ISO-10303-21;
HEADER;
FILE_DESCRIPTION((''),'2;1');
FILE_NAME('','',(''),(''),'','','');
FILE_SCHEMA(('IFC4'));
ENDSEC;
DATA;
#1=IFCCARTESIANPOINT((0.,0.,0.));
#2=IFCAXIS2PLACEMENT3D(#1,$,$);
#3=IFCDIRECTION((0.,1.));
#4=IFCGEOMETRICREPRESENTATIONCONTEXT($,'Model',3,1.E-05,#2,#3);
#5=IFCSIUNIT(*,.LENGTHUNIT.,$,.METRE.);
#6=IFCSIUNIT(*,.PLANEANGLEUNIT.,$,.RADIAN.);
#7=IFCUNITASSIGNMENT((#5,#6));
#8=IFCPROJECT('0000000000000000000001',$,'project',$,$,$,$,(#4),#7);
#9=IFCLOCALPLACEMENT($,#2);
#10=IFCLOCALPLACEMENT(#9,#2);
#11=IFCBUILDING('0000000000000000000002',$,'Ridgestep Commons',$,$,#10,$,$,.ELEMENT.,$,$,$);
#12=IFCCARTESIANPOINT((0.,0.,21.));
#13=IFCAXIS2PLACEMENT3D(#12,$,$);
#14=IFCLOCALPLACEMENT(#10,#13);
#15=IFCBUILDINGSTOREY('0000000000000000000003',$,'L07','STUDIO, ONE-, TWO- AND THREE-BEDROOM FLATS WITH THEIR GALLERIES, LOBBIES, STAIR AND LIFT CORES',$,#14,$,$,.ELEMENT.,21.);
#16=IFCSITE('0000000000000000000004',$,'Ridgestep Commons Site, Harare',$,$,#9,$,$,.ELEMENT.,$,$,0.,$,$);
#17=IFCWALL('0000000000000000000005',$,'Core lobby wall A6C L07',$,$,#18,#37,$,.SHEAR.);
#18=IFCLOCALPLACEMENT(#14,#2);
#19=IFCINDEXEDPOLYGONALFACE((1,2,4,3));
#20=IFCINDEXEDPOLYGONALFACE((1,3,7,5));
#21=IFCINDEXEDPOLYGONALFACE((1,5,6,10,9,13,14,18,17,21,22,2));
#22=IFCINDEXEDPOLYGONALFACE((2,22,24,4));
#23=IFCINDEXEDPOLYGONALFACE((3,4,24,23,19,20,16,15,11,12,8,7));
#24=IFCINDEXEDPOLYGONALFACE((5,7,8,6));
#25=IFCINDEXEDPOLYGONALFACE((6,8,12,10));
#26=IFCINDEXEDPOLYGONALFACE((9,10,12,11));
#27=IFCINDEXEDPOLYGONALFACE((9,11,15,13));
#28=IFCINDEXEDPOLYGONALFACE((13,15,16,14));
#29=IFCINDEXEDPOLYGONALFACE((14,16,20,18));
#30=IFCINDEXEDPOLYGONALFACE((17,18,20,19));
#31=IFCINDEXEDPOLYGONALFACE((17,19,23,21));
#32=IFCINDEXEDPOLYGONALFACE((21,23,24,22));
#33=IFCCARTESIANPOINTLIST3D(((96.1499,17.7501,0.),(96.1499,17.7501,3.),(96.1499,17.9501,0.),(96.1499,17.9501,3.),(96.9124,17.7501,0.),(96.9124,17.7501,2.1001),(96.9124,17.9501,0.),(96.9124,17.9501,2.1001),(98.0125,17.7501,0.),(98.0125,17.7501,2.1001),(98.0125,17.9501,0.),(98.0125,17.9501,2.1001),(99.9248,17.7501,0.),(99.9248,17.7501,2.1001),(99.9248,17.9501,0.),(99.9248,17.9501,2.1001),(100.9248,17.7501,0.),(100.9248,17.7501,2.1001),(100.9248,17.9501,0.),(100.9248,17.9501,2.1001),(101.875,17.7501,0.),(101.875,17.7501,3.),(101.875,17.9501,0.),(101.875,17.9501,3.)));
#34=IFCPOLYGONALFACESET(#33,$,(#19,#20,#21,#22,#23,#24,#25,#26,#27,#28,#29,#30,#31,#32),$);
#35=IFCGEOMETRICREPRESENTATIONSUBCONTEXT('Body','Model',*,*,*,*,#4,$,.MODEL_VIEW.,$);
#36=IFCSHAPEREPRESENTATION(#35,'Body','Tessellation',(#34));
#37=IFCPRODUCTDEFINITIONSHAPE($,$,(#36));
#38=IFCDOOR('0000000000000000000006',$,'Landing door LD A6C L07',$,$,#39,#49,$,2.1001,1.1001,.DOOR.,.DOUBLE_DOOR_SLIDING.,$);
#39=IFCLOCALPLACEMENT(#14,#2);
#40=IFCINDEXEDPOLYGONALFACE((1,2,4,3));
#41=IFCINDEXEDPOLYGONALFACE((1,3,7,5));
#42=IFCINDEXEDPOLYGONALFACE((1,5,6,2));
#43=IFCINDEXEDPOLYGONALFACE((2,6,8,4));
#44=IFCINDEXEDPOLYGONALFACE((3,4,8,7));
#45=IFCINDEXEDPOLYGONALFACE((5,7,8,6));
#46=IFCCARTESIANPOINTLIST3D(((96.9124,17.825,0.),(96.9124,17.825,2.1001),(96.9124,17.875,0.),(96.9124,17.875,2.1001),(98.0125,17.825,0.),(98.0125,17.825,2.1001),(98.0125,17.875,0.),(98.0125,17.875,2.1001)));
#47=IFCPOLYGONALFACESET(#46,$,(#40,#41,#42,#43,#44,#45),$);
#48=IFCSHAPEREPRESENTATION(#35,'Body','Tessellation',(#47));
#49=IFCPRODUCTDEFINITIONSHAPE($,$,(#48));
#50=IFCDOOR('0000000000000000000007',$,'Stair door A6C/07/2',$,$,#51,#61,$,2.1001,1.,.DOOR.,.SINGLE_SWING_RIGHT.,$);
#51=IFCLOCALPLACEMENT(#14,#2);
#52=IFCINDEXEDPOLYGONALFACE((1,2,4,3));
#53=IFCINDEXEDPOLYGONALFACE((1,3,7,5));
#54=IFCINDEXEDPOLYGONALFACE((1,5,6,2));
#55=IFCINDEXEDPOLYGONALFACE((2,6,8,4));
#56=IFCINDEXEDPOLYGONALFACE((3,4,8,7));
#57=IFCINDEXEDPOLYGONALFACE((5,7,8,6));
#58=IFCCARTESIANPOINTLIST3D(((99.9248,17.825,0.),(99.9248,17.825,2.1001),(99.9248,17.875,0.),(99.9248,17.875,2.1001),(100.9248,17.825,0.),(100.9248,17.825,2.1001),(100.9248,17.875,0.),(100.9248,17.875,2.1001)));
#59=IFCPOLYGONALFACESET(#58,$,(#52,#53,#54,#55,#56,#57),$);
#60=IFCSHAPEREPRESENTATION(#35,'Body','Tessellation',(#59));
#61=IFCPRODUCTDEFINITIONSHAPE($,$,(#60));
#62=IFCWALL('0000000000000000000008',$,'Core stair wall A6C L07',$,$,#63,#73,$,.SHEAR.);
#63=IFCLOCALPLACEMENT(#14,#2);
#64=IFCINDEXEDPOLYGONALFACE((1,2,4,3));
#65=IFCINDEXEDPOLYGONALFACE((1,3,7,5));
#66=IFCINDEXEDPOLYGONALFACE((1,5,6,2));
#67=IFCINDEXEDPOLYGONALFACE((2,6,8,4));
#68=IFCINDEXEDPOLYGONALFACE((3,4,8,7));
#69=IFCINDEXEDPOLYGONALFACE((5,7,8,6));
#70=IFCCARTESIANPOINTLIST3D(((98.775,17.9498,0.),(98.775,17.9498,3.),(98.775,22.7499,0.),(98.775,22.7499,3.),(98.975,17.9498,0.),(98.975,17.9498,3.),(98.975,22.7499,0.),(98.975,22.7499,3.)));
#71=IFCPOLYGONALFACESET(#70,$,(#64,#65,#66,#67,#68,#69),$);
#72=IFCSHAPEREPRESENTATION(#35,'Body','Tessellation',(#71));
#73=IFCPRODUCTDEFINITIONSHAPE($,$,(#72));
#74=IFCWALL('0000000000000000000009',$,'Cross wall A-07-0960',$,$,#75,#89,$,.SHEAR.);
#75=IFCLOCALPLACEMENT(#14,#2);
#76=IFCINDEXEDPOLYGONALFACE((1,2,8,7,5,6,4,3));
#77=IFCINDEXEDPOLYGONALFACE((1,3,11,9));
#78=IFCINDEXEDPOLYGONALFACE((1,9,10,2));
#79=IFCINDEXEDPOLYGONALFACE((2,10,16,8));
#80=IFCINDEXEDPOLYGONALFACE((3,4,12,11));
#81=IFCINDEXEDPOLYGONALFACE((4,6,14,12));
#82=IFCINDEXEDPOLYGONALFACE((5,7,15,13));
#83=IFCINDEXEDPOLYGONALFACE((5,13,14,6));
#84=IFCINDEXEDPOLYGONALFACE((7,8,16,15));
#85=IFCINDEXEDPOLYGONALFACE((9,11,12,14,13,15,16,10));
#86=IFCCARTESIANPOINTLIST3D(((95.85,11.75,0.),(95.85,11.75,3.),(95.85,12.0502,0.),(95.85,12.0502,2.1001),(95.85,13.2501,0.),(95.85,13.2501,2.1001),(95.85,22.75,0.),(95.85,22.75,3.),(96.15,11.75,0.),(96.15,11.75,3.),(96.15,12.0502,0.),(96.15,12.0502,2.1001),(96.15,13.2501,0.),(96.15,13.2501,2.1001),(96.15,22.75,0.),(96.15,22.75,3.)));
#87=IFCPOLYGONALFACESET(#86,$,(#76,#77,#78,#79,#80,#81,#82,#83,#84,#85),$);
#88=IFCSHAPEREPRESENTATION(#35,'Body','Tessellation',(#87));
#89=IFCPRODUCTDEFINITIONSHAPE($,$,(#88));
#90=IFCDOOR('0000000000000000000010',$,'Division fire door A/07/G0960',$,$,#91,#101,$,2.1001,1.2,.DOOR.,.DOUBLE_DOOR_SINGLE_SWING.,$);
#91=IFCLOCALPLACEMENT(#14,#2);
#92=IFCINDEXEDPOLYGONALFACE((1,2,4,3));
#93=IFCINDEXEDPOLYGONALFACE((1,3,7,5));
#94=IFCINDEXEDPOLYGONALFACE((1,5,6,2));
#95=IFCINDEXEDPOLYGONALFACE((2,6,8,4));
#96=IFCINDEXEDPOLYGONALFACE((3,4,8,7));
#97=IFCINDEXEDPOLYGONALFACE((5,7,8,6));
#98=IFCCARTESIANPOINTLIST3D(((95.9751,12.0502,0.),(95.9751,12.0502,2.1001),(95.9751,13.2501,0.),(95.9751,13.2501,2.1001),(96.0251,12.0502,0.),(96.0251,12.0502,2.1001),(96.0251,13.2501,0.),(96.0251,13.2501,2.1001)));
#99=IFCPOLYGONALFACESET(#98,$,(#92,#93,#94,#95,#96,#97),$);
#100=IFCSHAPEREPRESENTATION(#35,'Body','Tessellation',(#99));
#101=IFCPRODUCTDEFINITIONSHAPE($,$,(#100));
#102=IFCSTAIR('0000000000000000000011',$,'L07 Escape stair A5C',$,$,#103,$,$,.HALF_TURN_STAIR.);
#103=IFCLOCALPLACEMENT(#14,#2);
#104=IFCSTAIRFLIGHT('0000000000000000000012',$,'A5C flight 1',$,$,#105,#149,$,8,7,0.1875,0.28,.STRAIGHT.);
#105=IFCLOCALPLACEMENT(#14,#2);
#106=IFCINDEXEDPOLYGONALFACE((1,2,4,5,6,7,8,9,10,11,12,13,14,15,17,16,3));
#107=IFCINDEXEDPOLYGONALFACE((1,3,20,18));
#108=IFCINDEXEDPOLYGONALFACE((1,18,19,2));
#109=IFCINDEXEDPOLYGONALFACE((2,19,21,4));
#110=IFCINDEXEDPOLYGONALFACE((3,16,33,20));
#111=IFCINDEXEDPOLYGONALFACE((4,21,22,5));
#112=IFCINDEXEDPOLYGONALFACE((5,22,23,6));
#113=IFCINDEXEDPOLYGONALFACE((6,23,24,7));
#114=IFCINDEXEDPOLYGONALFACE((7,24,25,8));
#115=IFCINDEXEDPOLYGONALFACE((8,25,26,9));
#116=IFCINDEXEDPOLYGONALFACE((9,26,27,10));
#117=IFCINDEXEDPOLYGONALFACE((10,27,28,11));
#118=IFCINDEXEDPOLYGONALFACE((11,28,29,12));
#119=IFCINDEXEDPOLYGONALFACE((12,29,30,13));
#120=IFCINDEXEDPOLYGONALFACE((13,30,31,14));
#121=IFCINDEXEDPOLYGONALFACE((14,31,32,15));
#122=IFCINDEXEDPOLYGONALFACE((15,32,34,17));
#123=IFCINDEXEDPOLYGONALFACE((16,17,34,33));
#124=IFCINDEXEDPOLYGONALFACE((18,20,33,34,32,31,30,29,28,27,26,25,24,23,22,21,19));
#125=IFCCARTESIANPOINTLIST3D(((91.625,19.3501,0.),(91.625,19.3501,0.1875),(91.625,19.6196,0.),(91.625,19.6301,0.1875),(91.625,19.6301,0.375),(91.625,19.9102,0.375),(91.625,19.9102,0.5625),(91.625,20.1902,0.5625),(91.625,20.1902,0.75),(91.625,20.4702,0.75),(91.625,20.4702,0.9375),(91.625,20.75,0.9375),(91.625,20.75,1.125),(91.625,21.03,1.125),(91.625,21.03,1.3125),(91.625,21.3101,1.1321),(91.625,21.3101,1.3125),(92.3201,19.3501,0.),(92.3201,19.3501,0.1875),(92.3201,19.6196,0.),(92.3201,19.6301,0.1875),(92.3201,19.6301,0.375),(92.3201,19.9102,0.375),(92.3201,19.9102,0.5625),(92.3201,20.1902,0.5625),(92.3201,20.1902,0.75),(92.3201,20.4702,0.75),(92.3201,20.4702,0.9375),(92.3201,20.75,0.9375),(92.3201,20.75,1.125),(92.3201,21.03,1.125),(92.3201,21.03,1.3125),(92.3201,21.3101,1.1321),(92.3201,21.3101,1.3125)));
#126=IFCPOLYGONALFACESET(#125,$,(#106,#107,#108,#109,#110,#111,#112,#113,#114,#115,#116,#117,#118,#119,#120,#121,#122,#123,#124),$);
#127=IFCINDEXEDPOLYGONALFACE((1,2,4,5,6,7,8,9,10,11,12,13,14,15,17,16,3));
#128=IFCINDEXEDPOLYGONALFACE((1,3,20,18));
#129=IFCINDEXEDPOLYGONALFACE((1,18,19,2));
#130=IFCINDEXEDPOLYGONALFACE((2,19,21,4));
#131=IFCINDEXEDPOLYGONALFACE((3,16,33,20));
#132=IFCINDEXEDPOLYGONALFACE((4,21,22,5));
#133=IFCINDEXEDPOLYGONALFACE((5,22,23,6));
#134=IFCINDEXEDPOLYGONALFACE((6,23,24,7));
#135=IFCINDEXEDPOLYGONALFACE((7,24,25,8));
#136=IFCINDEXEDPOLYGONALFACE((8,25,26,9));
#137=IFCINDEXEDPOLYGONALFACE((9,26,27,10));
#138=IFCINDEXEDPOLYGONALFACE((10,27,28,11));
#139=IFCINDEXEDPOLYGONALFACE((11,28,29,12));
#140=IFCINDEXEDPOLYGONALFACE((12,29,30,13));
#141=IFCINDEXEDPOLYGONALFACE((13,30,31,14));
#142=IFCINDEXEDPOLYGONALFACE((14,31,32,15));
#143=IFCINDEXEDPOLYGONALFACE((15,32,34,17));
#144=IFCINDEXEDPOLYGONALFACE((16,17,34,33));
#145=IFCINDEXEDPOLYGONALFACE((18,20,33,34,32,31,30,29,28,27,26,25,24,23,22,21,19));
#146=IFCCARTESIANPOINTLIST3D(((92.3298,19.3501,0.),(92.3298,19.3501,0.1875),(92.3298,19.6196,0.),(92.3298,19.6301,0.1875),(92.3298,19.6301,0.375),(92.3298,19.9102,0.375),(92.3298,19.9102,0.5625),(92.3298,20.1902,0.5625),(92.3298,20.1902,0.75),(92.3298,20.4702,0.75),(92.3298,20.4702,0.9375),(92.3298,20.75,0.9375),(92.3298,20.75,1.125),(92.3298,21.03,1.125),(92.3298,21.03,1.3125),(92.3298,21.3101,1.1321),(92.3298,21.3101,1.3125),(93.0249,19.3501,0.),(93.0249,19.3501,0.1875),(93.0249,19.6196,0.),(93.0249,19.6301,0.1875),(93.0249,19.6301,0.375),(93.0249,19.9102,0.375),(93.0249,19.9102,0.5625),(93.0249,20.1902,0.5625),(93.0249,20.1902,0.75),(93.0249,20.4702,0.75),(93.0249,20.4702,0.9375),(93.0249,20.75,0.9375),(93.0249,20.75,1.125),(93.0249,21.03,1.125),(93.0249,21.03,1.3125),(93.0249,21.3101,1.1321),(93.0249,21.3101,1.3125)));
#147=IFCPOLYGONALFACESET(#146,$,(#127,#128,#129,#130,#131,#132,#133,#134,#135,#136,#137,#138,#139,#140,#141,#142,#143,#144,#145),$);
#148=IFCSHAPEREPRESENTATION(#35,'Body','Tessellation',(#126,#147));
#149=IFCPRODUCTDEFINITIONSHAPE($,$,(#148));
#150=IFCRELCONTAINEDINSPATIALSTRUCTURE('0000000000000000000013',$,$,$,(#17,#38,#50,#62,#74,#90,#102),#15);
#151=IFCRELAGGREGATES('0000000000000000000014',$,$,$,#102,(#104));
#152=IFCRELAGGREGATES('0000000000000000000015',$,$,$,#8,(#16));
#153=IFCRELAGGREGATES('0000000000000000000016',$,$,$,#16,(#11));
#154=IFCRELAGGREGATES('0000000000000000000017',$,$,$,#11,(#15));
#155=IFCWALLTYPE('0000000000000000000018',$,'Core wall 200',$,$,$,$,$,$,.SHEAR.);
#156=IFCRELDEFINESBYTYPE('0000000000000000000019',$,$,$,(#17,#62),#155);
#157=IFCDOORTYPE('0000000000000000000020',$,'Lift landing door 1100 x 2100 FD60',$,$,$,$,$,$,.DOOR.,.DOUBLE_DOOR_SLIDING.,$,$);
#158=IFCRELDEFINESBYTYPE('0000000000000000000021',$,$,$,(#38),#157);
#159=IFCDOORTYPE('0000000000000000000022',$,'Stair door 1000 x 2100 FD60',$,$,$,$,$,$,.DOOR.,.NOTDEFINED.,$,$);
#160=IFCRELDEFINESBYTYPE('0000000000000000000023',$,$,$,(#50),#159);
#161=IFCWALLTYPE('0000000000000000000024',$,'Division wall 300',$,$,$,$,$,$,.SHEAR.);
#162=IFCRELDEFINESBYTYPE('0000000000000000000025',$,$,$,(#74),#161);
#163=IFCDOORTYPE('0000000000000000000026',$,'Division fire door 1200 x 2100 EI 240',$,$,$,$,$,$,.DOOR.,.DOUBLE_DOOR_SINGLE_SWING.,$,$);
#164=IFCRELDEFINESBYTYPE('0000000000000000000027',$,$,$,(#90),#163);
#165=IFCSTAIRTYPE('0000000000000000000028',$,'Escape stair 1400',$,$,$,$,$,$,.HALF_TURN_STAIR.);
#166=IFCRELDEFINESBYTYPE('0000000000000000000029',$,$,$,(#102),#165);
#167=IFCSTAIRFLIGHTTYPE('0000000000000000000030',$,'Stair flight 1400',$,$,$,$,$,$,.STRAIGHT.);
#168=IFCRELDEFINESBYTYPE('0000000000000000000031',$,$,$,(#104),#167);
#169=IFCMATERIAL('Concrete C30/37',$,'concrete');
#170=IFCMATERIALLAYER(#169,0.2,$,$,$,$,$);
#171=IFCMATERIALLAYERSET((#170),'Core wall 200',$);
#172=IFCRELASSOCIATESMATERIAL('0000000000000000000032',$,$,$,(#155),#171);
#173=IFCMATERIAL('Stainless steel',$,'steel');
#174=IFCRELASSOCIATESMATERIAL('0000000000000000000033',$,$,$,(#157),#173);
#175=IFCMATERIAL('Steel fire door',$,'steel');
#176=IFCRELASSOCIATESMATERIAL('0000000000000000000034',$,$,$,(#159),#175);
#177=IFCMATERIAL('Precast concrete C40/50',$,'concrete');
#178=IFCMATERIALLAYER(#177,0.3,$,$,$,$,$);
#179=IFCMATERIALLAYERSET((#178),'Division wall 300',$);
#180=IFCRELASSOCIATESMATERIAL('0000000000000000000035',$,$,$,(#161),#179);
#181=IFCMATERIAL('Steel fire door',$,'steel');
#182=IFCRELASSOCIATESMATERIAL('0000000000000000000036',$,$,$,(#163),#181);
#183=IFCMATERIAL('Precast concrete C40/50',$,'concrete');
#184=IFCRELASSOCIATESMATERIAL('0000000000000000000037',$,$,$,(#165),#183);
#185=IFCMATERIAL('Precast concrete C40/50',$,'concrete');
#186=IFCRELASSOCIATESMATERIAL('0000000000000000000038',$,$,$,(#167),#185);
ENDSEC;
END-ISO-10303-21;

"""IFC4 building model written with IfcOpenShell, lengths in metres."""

from ifc_helpers import new_model, si_unit, direction, frame, frame_2d, origin, place, context, subcontext, project, spatial, polyline, rectangle, outline, extrude, material, layer, layer_set, type_object, element, fill, aggregate, save


model = new_model("IFC4")

# Units and contexts
model_context = context("Model", 3, precision=1e-05, world=origin(), true_north=direction((0.0, 1.0)))
body_context = subcontext(model_context, "Body", "Model", "MODEL_VIEW")
ifc_project = project(units=[si_unit("LENGTHUNIT", "METRE"), si_unit("PLANEANGLEUNIT", "RADIAN")], contexts=[model_context])

# Site, building, storey
site_placement = place(None, origin())
site = spatial("IfcSite", under=ifc_project, at=site_placement, Name="Ridgestep Commons Site, Harare", CompositionType="ELEMENT", RefElevation=0.0)
building_placement = place(site_placement, origin())
building = spatial("IfcBuilding", under=site, at=building_placement, Name="Ridgestep Commons", CompositionType="ELEMENT")
storey_placement = place(building_placement, frame((0.0, 0.0, 21.0)))
storey = spatial("IfcBuildingStorey", under=building, at=storey_placement, Name="L07", Description="STUDIO, ONE-, TWO- AND THREE-BEDROOM FLATS WITH THEIR GALLERIES, LOBBIES, STAIR AND LIFT CORES", CompositionType="ELEMENT", Elevation=21.0)

# Shared definitions
ifc_material_1 = material(Name="Concrete C30/37", Category="concrete")
ifc_layer_1 = layer(ifc_material_1, 0.2)
ifc_layer_set_1 = layer_set([ifc_layer_1], Name="Core wall 200")
wall_type_1 = type_object("IfcWallType", Name="Core wall 200", PredefinedType="SHEAR", material=ifc_layer_set_1)

# Wall, openings, doors
wall_1_placement = place(storey_placement, frame((96.1499, 17.8501, 0.0), z_axis=(0.0, 0.0, 1.0), x_axis=(1.0, 0.0, 0.0)))
wall_1 = element("IfcWall", 1, at=wall_1_placement, inside=storey, type_object=wall_type_1, Name="Core lobby wall A6C L07", PredefinedType="SHEAR", context=body_context, shape_type="SweptSolid", body=[
    extrude(rectangle(XDim=5.7251, YDim=0.2, at=frame_2d((2.8625, 0.0))), origin(), (0.0, 0.0, 1.0), 3.0),
])
opening_1_placement = place(wall_1_placement, frame((3.7749, 0.0, 0.0)))
opening_1 = element("IfcOpeningElement", 2, at=opening_1_placement, cuts=wall_1, PredefinedType="OPENING", context=body_context, shape_type="SweptSolid", body=[
    extrude(rectangle(XDim=1.0, YDim=2.1001, at=frame_2d((0.5, 1.05))), frame((0.0, 0.1099, 0.0), z_axis=(0.0, -1.0, 0.0), x_axis=(1.0, 0.0, 0.0)), (0.0, 0.0, 1.0), 0.22),
])
opening_2_placement = place(wall_1_placement, frame((0.7625, 0.0, 0.0)))
opening_2 = element("IfcOpeningElement", 3, at=opening_2_placement, cuts=wall_1, PredefinedType="OPENING", context=body_context, shape_type="SweptSolid", body=[
    extrude(rectangle(XDim=1.1001, YDim=2.1001, at=frame_2d((0.55, 1.05))), frame((0.0, 0.1099, 0.0), z_axis=(0.0, -1.0, 0.0), x_axis=(1.0, 0.0, 0.0)), (0.0, 0.0, 1.0), 0.22),
])
ifc_material_2 = material(Name="Stainless steel", Category="steel")
door_type_1 = type_object("IfcDoorType", Name="Lift landing door 1100 x 2100 FD60", OperationType="DOUBLE_DOOR_SLIDING", PredefinedType="DOOR", material=ifc_material_2)
door_1_placement = place(opening_2_placement, origin())
door_1 = element("IfcDoor", 4, at=door_1_placement, inside=storey, type_object=door_type_1, Name="Landing door LD A6C L07", OperationType="DOUBLE_DOOR_SLIDING", OverallHeight=2.1001, OverallWidth=1.1001, PredefinedType="DOOR", context=body_context, shape_type="SweptSolid", body=[
    extrude(rectangle(XDim=1.1001, YDim=2.1001, at=frame_2d((0.55, 1.05))), frame((0.0, 0.0249, 0.0), z_axis=(0.0, -1.0, 0.0), x_axis=(1.0, 0.0, 0.0)), (0.0, 0.0, 1.0), 0.05),
])
fill(opening_2, door_1)
ifc_material_3 = material(Name="Steel fire door", Category="steel")
door_type_2 = type_object("IfcDoorType", Name="Stair door 1000 x 2100 FD60", OperationType="NOTDEFINED", PredefinedType="DOOR", material=ifc_material_3)
door_2_placement = place(opening_1_placement, origin())
door_2 = element("IfcDoor", 5, at=door_2_placement, inside=storey, type_object=door_type_2, Name="Stair door A6C/07/2", OperationType="SINGLE_SWING_RIGHT", OverallHeight=2.1001, OverallWidth=1.0, PredefinedType="DOOR", context=body_context, shape_type="SweptSolid", body=[
    extrude(rectangle(XDim=1.0, YDim=2.1001, at=frame_2d((0.5, 1.05))), frame((0.0, 0.0249, 0.0), z_axis=(0.0, -1.0, 0.0), x_axis=(1.0, 0.0, 0.0)), (0.0, 0.0, 1.0), 0.05),
])
fill(opening_1, door_2)

# Wall
wall_2_placement = place(storey_placement, frame((98.875, 17.95, 0.0), z_axis=(0.0, 0.0, 1.0), x_axis=(0.0, 1.0, 0.0)))
element("IfcWall", 6, at=wall_2_placement, inside=storey, type_object=wall_type_1, Name="Core stair wall A6C L07", PredefinedType="SHEAR", context=body_context, shape_type="SweptSolid", body=[
    extrude(rectangle(XDim=4.8, YDim=0.2, at=frame_2d((2.3999, 0.0))), origin(), (0.0, 0.0, 1.0), 3.0),
])

# Wall, opening, door
ifc_material_4 = material(Name="Precast concrete C40/50", Category="concrete")
ifc_layer_2 = layer(ifc_material_4, 0.3)
ifc_layer_set_2 = layer_set([ifc_layer_2], Name="Division wall 300")
wall_type_2 = type_object("IfcWallType", Name="Division wall 300", PredefinedType="SHEAR", material=ifc_layer_set_2)
wall_3_placement = place(storey_placement, frame((96.0, 11.75, 0.0), z_axis=(0.0, 0.0, 1.0), x_axis=(0.0, 1.0, 0.0)))
wall_3 = element("IfcWall", 7, at=wall_3_placement, inside=storey, type_object=wall_type_2, Name="Cross wall A-07-0960", PredefinedType="SHEAR", context=body_context, shape_type="SweptSolid", body=[
    extrude(rectangle(XDim=11.0, YDim=0.3, at=frame_2d((5.5, 0.0))), origin(), (0.0, 0.0, 1.0), 3.0),
])
opening_3_placement = place(wall_3_placement, frame((0.3, 0.0, 0.0)))
opening_3 = element("IfcOpeningElement", 8, at=opening_3_placement, cuts=wall_3, PredefinedType="OPENING", context=body_context, shape_type="SweptSolid", body=[
    extrude(rectangle(XDim=1.2, YDim=2.1001, at=frame_2d((0.6001, 1.05))), frame((0.0, 0.1599, 0.0), z_axis=(0.0, -1.0, 0.0), x_axis=(1.0, 0.0, 0.0)), (0.0, 0.0, 1.0), 0.3201),
])
ifc_material_5 = material(Name="Steel fire door", Category="steel")
door_type_3 = type_object("IfcDoorType", Name="Division fire door 1200 x 2100 EI 240", OperationType="DOUBLE_DOOR_SINGLE_SWING", PredefinedType="DOOR", material=ifc_material_5)
door_3_placement = place(opening_3_placement, origin())
door_3 = element("IfcDoor", 9, at=door_3_placement, inside=storey, type_object=door_type_3, Name="Division fire door A/07/G0960", OperationType="DOUBLE_DOOR_SINGLE_SWING", OverallHeight=2.1001, OverallWidth=1.2, PredefinedType="DOOR", context=body_context, shape_type="SweptSolid", body=[
    extrude(rectangle(XDim=1.2, YDim=2.1001, at=frame_2d((0.6001, 1.05))), frame((0.0, 0.0249, 0.0), z_axis=(0.0, -1.0, 0.0), x_axis=(1.0, 0.0, 0.0)), (0.0, 0.0, 1.0), 0.05),
])
fill(opening_3, door_3)

# Stair, stair flight
ifc_material_6 = material(Name="Precast concrete C40/50", Category="concrete")
stair_type = type_object("IfcStairType", Name="Escape stair 1400", PredefinedType="HALF_TURN_STAIR", material=ifc_material_6)
stair_placement = place(storey_placement, origin())
stair = element("IfcStair", 10, at=stair_placement, inside=storey, type_object=stair_type, Name="L07 Escape stair A5C", PredefinedType="HALF_TURN_STAIR")
ifc_material_7 = material(Name="Precast concrete C40/50", Category="concrete")
stair_flight_type = type_object("IfcStairFlightType", Name="Stair flight 1400", PredefinedType="STRAIGHT", material=ifc_material_7)
stair_flight_placement = place(storey_placement, frame((92.325, 19.3501, 0.0), z_axis=(0.0, 0.0, 1.0), x_axis=(0.0, 1.0, 0.0)))
stair_flight = element("IfcStairFlight", 11, at=stair_flight_placement, type_object=stair_flight_type, Name="A5C flight 1", NumberOfRisers=8, NumberOfTreads=7, PredefinedType="STRAIGHT", RiserHeight=0.1875, TreadLength=0.28, context=body_context, shape_type="SweptSolid", body=[
    extrude(outline(polyline([(0.0, 0.0), (0.0, 0.1875), (0.28, 0.1875), (0.28, 0.375), (0.5601, 0.375), (0.5601, 0.5625), (0.8401, 0.5625), (0.8401, 0.75), (1.1201, 0.75), (1.1201, 0.9375), (1.3999, 0.9375), (1.3999, 1.125), (1.6799, 1.125), (1.6799, 1.3125), (1.96, 1.3125), (1.96, 1.5), (1.96, 1.1321), (0.2695, 0.0), (0.0, 0.0)])), frame((0.0, 0.7, 0.0), z_axis=(0.0, -1.0, 0.0), x_axis=(1.0, 0.0, 0.0)), (0.0, 0.0, 1.0), 0.6951),
    extrude(outline(polyline([(0.0, 0.0), (0.0, 0.1875), (0.28, 0.1875), (0.28, 0.375), (0.5601, 0.375), (0.5601, 0.5625), (0.8401, 0.5625), (0.8401, 0.75), (1.1201, 0.75), (1.1201, 0.9375), (1.3999, 0.9375), (1.3999, 1.125), (1.6799, 1.125), (1.6799, 1.3125), (1.96, 1.3125), (1.96, 1.5), (1.96, 1.1321), (0.2695, 0.0), (0.0, 0.0)])), frame((0.0, -0.0049, 0.0), z_axis=(0.0, -1.0, 0.0), x_axis=(1.0, 0.0, 0.0)), (0.0, 0.0, 1.0), 0.6951),
])
aggregate(stair, [stair_flight])

save(model, "model.ifc")
